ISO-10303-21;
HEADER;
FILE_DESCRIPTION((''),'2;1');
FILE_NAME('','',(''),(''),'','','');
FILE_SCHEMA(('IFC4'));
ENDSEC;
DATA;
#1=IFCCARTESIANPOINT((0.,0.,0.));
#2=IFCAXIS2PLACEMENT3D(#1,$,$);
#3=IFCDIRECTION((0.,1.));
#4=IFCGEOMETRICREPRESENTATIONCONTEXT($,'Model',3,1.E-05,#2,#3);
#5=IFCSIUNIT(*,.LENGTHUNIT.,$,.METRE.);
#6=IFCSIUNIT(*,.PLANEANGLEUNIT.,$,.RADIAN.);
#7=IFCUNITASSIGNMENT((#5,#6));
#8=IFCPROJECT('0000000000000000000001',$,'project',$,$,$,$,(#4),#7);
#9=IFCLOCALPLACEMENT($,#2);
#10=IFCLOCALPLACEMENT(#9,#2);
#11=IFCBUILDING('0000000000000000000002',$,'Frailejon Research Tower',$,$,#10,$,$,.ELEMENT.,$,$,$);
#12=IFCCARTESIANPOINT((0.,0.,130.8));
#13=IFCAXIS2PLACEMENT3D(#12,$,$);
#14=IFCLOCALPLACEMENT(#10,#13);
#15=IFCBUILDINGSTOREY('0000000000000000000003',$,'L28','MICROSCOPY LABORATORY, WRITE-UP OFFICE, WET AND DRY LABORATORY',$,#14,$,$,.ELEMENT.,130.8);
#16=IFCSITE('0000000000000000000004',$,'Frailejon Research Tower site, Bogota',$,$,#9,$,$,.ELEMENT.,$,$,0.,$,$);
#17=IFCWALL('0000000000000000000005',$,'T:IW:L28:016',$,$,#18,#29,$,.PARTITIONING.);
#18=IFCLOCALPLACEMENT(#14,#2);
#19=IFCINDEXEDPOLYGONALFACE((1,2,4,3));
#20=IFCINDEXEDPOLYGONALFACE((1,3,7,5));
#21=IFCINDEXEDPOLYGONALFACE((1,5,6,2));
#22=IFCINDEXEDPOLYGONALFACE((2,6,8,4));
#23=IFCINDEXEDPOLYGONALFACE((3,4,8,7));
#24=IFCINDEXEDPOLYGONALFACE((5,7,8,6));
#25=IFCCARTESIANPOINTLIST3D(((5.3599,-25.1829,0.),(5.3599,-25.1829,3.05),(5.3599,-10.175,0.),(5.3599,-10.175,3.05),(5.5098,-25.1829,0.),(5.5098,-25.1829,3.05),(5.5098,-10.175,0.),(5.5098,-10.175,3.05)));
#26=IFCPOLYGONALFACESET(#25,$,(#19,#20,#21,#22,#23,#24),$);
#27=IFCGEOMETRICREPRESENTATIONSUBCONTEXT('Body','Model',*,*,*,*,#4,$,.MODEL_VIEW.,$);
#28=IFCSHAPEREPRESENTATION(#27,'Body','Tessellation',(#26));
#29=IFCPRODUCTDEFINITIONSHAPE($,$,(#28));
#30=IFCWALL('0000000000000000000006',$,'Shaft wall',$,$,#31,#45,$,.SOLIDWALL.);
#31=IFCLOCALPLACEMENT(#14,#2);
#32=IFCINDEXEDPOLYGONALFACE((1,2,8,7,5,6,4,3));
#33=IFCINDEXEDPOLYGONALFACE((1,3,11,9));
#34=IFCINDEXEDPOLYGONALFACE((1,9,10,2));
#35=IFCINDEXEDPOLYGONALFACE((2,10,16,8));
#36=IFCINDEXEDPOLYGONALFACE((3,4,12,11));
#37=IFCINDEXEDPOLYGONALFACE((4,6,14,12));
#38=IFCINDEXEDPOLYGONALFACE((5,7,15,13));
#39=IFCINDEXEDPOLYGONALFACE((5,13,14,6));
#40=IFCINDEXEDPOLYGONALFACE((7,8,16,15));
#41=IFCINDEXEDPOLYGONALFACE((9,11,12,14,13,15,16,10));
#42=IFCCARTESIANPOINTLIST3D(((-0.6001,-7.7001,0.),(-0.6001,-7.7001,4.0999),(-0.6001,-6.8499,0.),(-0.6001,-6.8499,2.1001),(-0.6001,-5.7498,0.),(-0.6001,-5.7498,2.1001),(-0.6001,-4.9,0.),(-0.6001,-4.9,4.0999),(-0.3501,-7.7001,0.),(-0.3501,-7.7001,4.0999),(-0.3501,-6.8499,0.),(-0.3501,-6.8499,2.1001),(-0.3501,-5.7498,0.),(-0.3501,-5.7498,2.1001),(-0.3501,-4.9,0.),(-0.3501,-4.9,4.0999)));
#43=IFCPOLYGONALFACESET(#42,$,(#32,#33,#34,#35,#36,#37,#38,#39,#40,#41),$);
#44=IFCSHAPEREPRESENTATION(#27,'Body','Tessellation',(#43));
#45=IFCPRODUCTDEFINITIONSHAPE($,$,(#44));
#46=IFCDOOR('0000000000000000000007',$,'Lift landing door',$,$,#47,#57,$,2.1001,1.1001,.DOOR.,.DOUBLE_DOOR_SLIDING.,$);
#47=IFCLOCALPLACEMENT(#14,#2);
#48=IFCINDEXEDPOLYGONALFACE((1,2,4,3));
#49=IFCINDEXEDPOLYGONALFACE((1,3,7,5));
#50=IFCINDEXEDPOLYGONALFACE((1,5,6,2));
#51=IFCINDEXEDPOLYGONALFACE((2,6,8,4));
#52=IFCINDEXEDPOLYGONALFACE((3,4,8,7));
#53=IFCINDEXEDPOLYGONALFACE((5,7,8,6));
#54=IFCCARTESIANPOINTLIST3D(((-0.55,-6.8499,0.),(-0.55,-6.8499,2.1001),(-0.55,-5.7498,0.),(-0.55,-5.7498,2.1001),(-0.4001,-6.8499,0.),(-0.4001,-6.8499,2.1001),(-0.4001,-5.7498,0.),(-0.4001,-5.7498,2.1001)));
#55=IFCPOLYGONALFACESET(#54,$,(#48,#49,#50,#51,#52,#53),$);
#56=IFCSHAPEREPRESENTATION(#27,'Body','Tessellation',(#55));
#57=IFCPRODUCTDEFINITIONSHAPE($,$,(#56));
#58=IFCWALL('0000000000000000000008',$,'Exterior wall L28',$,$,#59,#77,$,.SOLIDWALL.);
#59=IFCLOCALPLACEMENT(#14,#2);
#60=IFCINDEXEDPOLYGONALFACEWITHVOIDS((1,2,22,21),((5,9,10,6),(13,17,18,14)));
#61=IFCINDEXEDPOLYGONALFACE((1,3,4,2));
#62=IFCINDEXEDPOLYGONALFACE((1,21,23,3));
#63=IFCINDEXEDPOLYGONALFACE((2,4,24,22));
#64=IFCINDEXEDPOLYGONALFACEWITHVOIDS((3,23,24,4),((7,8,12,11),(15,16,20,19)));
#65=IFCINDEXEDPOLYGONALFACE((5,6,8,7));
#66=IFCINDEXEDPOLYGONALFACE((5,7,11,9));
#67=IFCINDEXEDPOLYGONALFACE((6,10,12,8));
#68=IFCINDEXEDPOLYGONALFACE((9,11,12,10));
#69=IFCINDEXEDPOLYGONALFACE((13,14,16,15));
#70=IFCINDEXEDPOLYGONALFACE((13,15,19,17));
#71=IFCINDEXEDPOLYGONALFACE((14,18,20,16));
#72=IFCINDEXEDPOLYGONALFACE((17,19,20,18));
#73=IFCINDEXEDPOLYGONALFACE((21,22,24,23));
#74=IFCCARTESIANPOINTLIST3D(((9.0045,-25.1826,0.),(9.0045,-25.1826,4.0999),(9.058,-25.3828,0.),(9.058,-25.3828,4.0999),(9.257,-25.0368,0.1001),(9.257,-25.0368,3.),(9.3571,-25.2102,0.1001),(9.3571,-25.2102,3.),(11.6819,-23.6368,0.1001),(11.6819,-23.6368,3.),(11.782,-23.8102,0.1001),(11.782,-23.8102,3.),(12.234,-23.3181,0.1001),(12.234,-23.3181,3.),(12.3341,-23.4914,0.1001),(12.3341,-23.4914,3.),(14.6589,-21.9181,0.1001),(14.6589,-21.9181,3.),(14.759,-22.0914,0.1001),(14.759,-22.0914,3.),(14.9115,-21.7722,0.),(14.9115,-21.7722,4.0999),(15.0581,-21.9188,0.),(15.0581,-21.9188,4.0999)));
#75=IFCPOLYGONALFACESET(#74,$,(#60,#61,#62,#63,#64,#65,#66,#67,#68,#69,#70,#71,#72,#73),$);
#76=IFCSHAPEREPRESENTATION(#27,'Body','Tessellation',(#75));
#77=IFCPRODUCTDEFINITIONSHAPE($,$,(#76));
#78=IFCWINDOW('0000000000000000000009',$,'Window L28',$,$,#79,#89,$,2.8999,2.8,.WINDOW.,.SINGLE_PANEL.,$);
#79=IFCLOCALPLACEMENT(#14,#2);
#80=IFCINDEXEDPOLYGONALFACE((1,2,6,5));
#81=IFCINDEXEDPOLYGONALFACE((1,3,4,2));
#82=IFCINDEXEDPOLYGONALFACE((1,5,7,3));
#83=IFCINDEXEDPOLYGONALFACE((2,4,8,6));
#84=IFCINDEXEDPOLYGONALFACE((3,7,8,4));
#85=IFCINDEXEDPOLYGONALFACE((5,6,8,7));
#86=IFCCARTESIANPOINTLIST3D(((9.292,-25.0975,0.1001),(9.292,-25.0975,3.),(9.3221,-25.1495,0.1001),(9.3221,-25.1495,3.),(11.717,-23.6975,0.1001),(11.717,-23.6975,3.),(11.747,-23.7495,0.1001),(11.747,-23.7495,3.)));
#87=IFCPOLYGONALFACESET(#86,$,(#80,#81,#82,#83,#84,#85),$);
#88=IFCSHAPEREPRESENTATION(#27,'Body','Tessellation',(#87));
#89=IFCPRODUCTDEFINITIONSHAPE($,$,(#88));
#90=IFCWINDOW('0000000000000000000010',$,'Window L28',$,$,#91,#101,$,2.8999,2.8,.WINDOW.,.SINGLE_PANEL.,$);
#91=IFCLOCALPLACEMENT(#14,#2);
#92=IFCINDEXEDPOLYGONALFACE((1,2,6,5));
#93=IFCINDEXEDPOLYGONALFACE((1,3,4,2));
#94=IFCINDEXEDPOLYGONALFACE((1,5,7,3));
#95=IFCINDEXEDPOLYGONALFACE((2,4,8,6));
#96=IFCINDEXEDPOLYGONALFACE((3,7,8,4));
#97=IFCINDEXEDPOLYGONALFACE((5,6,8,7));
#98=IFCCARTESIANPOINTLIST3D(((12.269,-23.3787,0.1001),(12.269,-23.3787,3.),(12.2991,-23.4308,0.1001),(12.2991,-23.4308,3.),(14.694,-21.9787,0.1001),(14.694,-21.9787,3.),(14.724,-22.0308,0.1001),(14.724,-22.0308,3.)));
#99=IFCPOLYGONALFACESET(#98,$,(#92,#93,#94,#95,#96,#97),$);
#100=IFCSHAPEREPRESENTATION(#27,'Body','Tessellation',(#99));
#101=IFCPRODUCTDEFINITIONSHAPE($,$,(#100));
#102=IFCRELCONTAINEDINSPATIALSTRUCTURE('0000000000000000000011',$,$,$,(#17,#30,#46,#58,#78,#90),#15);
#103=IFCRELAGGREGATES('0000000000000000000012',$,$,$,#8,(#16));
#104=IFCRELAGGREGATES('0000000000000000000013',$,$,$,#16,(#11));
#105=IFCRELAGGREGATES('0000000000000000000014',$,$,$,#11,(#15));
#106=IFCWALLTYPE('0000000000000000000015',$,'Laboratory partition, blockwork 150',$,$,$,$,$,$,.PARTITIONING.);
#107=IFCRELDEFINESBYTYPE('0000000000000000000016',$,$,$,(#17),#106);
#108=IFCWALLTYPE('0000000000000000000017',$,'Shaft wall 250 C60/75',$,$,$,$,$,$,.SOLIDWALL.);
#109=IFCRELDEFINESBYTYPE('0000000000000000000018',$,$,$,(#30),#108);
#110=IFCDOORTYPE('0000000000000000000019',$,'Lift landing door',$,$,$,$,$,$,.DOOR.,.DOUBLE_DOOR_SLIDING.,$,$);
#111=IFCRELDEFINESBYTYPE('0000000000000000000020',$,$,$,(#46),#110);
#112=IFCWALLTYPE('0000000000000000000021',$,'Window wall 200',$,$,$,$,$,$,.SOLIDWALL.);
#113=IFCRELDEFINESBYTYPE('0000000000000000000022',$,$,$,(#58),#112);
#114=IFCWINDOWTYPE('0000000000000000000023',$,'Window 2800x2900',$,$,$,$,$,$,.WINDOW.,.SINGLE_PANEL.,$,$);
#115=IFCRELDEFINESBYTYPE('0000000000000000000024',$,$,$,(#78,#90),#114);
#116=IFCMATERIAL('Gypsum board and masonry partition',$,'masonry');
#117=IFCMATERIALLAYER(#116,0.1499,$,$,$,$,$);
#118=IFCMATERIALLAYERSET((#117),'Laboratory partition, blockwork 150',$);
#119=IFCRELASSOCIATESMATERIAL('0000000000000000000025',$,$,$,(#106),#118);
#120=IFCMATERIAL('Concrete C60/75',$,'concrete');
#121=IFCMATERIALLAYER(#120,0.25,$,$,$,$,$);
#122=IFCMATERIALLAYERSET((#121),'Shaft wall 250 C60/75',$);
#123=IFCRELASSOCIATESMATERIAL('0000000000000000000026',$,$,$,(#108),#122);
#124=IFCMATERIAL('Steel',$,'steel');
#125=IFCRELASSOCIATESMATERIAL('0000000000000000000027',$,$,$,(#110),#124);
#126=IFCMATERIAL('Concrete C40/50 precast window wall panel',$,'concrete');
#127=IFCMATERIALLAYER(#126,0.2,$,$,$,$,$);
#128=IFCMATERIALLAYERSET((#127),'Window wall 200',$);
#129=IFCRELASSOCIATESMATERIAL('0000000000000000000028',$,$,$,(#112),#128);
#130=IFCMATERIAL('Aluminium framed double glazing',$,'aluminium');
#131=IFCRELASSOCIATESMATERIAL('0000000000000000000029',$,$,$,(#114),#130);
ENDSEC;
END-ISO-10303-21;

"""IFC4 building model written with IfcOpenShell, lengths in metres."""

from ifc_helpers import new_model, si_unit, direction, frame, frame_2d, origin, place, context, subcontext, project, spatial, polyline, rectangle, outline, extrude, material, layer, layer_set, type_object, element, fill, save


model = new_model("IFC4")

# Units and contexts
model_context = context("Model", 3, precision=1e-05, world=origin(), true_north=direction((0.0, 1.0)))
body_context = subcontext(model_context, "Body", "Model", "MODEL_VIEW")
ifc_project = project(units=[si_unit("LENGTHUNIT", "METRE"), si_unit("PLANEANGLEUNIT", "RADIAN")], contexts=[model_context])

# Site, building, storey
site_placement = place(None, origin())
site = spatial("IfcSite", under=ifc_project, at=site_placement, Name="Frailejon Research Tower site, Bogota", CompositionType="ELEMENT", RefElevation=0.0)
building_placement = place(site_placement, origin())
building = spatial("IfcBuilding", under=site, at=building_placement, Name="Frailejon Research Tower", CompositionType="ELEMENT")
storey_placement = place(building_placement, frame((0.0, 0.0, 130.8)))
storey = spatial("IfcBuildingStorey", under=building, at=storey_placement, Name="L28", Description="MICROSCOPY LABORATORY, WRITE-UP OFFICE, WET AND DRY LABORATORY", CompositionType="ELEMENT", Elevation=130.8)

# Wall
ifc_material_1 = material(Name="Gypsum board and masonry partition", Category="masonry")
ifc_layer_1 = layer(ifc_material_1, 0.1499)
ifc_layer_set_1 = layer_set([ifc_layer_1], Name="Laboratory partition, blockwork 150")
wall_type_1 = type_object("IfcWallType", Name="Laboratory partition, blockwork 150", PredefinedType="PARTITIONING", material=ifc_layer_set_1)
wall_1_placement = place(storey_placement, frame((5.4348, -25.1829, 0.0), z_axis=(0.0, 0.0, 1.0), x_axis=(0.0, 1.0, 0.0)))
element("IfcWall", 1, at=wall_1_placement, inside=storey, type_object=wall_type_1, Name="T:IW:L28:016", PredefinedType="PARTITIONING", context=body_context, shape_type="SweptSolid", body=[
    extrude(rectangle(XDim=15.0078, YDim=0.1499, at=frame_2d((7.5039, 0.0))), origin(), (0.0, 0.0, 1.0), 3.05),
])

# Wall, opening, door
ifc_material_2 = material(Name="Concrete C60/75", Category="concrete")
ifc_layer_2 = layer(ifc_material_2, 0.25)
ifc_layer_set_2 = layer_set([ifc_layer_2], Name="Shaft wall 250 C60/75")
wall_type_2 = type_object("IfcWallType", Name="Shaft wall 250 C60/75", PredefinedType="SOLIDWALL", material=ifc_layer_set_2)
wall_2_placement = place(storey_placement, frame((-0.4751, -7.7, 0.0), z_axis=(0.0, 0.0, 1.0), x_axis=(0.0, 1.0, 0.0)))
wall_2 = element("IfcWall", 2, at=wall_2_placement, inside=storey, type_object=wall_type_2, Name="Shaft wall", PredefinedType="SOLIDWALL", context=body_context, shape_type="SweptSolid", body=[
    extrude(rectangle(XDim=2.8, YDim=0.25, at=frame_2d((1.3999, 0.0))), origin(), (0.0, 0.0, 1.0), 4.0999),
])
opening_1_placement = place(wall_2_placement, frame((0.8501, 0.0, 0.0)))
opening_1 = element("IfcOpeningElement", 3, at=opening_1_placement, cuts=wall_2, PredefinedType="OPENING", context=body_context, shape_type="SweptSolid", body=[
    extrude(rectangle(XDim=1.1001, YDim=2.1001, at=frame_2d((0.55, 1.05))), frame((0.0, 0.135, 0.0), z_axis=(0.0, -1.0, 0.0), x_axis=(1.0, 0.0, 0.0)), (0.0, 0.0, 1.0), 0.27),
])
ifc_material_3 = material(Name="Steel", Category="steel")
door_type_1 = type_object("IfcDoorType", Name="Lift landing door", OperationType="DOUBLE_DOOR_SLIDING", PredefinedType="DOOR", material=ifc_material_3)
door_1_placement = place(opening_1_placement, origin())
door_1 = element("IfcDoor", 4, at=door_1_placement, inside=storey, type_object=door_type_1, Name="Lift landing door", OperationType="DOUBLE_DOOR_SLIDING", OverallHeight=2.1001, OverallWidth=1.1001, PredefinedType="DOOR", context=body_context, shape_type="SweptSolid", body=[
    extrude(rectangle(XDim=1.1001, YDim=2.1001, at=frame_2d((0.55, 1.05))), frame((0.0, 0.075, 0.0), z_axis=(0.0, -1.0, 0.0), x_axis=(1.0, 0.0, 0.0)), (0.0, 0.0, 1.0), 0.1499),
])
fill(opening_1, door_1)

# Wall, openings, windows
ifc_material_4 = material(Name="Concrete C40/50 precast window wall panel", Category="concrete")
ifc_layer_3 = layer(ifc_material_4, 0.2)
ifc_layer_set_3 = layer_set([ifc_layer_3], Name="Window wall 200")
wall_type_3 = type_object("IfcWallType", Name="Window wall 200", PredefinedType="SOLIDWALL", material=ifc_layer_set_3)
wall_3_placement = place(storey_placement, frame((9.0312, -25.2827, 0.0), z_axis=(0.0, 0.0, 1.0), x_axis=(0.866029, 0.499993, 0.0)))
wall_3 = element("IfcWall", 5, at=wall_3_placement, inside=storey, type_object=wall_type_3, Name="Exterior wall L28", PredefinedType="SOLIDWALL", context=body_context, shape_type="SweptSolid", body=[
    extrude(outline(polyline([(-0.0269, -0.1001), (1.1279, -0.1001), (2.2825, -0.1001), (3.4373, -0.1001), (4.592, -0.1001), (5.7466, -0.1001), (6.9014, -0.1001), (6.8477, 0.1001), (5.7109, 0.1001), (4.574, 0.1001), (3.4373, 0.1001), (2.3005, 0.1001), (1.1636, 0.1001), (0.0269, 0.1001), (-0.0269, -0.1001)])), origin(), (0.0, 0.0, 1.0), 4.0999),
])
opening_2_placement = place(wall_3_placement, frame((0.3186, 0.0, 0.1001)))
opening_2 = element("IfcOpeningElement", 6, at=opening_2_placement, cuts=wall_3, PredefinedType="OPENING", context=body_context, shape_type="SweptSolid", body=[
    extrude(rectangle(XDim=2.8, YDim=2.8999, at=frame_2d((1.3999, 1.45))), frame((0.0, 0.1099, 0.0), z_axis=(0.0, -1.0, 0.0), x_axis=(1.0, 0.0, 0.0)), (0.0, 0.0, 1.0), 0.22),
])
opening_3_placement = place(wall_3_placement, frame((3.7561, 0.0, 0.1001)))
opening_3 = element("IfcOpeningElement", 7, at=opening_3_placement, cuts=wall_3, PredefinedType="OPENING", context=body_context, shape_type="SweptSolid", body=[
    extrude(rectangle(XDim=2.8, YDim=2.8999, at=frame_2d((1.3999, 1.45))), frame((0.0, 0.1099, 0.0), z_axis=(0.0, -1.0, 0.0), x_axis=(1.0, 0.0, 0.0)), (0.0, 0.0, 1.0), 0.22),
])
ifc_material_5 = material(Name="Aluminium framed double glazing", Category="aluminium")
window_type_1 = type_object("IfcWindowType", Name="Window 2800x2900", PartitioningType="SINGLE_PANEL", PredefinedType="WINDOW", material=ifc_material_5)
window_1_placement = place(opening_2_placement, origin())
window_1 = element("IfcWindow", 8, at=window_1_placement, inside=storey, type_object=window_type_1, Name="Window L28", OverallHeight=2.8999, OverallWidth=2.8, PartitioningType="SINGLE_PANEL", PredefinedType="WINDOW", context=body_context, shape_type="SweptSolid", body=[
    extrude(rectangle(XDim=2.8, YDim=2.8999, at=frame_2d((1.3999, 1.45))), frame((0.0, 0.03, 0.0), z_axis=(0.0, -1.0, 0.0), x_axis=(1.0, 0.0, 0.0)), (0.0, 0.0, 1.0), 0.0601),
])
fill(opening_2, window_1)
window_2_placement = place(opening_3_placement, origin())
window_2 = element("IfcWindow", 9, at=window_2_placement, inside=storey, type_object=window_type_1, Name="Window L28", OverallHeight=2.8999, OverallWidth=2.8, PartitioningType="SINGLE_PANEL", PredefinedType="WINDOW", context=body_context, shape_type="SweptSolid", body=[
    extrude(rectangle(XDim=2.8, YDim=2.8999, at=frame_2d((1.3999, 1.45))), frame((0.0, 0.03, 0.0), z_axis=(0.0, -1.0, 0.0), x_axis=(1.0, 0.0, 0.0)), (0.0, 0.0, 1.0), 0.0601),
])
fill(opening_3, window_2)

save(model, "model.ifc")
